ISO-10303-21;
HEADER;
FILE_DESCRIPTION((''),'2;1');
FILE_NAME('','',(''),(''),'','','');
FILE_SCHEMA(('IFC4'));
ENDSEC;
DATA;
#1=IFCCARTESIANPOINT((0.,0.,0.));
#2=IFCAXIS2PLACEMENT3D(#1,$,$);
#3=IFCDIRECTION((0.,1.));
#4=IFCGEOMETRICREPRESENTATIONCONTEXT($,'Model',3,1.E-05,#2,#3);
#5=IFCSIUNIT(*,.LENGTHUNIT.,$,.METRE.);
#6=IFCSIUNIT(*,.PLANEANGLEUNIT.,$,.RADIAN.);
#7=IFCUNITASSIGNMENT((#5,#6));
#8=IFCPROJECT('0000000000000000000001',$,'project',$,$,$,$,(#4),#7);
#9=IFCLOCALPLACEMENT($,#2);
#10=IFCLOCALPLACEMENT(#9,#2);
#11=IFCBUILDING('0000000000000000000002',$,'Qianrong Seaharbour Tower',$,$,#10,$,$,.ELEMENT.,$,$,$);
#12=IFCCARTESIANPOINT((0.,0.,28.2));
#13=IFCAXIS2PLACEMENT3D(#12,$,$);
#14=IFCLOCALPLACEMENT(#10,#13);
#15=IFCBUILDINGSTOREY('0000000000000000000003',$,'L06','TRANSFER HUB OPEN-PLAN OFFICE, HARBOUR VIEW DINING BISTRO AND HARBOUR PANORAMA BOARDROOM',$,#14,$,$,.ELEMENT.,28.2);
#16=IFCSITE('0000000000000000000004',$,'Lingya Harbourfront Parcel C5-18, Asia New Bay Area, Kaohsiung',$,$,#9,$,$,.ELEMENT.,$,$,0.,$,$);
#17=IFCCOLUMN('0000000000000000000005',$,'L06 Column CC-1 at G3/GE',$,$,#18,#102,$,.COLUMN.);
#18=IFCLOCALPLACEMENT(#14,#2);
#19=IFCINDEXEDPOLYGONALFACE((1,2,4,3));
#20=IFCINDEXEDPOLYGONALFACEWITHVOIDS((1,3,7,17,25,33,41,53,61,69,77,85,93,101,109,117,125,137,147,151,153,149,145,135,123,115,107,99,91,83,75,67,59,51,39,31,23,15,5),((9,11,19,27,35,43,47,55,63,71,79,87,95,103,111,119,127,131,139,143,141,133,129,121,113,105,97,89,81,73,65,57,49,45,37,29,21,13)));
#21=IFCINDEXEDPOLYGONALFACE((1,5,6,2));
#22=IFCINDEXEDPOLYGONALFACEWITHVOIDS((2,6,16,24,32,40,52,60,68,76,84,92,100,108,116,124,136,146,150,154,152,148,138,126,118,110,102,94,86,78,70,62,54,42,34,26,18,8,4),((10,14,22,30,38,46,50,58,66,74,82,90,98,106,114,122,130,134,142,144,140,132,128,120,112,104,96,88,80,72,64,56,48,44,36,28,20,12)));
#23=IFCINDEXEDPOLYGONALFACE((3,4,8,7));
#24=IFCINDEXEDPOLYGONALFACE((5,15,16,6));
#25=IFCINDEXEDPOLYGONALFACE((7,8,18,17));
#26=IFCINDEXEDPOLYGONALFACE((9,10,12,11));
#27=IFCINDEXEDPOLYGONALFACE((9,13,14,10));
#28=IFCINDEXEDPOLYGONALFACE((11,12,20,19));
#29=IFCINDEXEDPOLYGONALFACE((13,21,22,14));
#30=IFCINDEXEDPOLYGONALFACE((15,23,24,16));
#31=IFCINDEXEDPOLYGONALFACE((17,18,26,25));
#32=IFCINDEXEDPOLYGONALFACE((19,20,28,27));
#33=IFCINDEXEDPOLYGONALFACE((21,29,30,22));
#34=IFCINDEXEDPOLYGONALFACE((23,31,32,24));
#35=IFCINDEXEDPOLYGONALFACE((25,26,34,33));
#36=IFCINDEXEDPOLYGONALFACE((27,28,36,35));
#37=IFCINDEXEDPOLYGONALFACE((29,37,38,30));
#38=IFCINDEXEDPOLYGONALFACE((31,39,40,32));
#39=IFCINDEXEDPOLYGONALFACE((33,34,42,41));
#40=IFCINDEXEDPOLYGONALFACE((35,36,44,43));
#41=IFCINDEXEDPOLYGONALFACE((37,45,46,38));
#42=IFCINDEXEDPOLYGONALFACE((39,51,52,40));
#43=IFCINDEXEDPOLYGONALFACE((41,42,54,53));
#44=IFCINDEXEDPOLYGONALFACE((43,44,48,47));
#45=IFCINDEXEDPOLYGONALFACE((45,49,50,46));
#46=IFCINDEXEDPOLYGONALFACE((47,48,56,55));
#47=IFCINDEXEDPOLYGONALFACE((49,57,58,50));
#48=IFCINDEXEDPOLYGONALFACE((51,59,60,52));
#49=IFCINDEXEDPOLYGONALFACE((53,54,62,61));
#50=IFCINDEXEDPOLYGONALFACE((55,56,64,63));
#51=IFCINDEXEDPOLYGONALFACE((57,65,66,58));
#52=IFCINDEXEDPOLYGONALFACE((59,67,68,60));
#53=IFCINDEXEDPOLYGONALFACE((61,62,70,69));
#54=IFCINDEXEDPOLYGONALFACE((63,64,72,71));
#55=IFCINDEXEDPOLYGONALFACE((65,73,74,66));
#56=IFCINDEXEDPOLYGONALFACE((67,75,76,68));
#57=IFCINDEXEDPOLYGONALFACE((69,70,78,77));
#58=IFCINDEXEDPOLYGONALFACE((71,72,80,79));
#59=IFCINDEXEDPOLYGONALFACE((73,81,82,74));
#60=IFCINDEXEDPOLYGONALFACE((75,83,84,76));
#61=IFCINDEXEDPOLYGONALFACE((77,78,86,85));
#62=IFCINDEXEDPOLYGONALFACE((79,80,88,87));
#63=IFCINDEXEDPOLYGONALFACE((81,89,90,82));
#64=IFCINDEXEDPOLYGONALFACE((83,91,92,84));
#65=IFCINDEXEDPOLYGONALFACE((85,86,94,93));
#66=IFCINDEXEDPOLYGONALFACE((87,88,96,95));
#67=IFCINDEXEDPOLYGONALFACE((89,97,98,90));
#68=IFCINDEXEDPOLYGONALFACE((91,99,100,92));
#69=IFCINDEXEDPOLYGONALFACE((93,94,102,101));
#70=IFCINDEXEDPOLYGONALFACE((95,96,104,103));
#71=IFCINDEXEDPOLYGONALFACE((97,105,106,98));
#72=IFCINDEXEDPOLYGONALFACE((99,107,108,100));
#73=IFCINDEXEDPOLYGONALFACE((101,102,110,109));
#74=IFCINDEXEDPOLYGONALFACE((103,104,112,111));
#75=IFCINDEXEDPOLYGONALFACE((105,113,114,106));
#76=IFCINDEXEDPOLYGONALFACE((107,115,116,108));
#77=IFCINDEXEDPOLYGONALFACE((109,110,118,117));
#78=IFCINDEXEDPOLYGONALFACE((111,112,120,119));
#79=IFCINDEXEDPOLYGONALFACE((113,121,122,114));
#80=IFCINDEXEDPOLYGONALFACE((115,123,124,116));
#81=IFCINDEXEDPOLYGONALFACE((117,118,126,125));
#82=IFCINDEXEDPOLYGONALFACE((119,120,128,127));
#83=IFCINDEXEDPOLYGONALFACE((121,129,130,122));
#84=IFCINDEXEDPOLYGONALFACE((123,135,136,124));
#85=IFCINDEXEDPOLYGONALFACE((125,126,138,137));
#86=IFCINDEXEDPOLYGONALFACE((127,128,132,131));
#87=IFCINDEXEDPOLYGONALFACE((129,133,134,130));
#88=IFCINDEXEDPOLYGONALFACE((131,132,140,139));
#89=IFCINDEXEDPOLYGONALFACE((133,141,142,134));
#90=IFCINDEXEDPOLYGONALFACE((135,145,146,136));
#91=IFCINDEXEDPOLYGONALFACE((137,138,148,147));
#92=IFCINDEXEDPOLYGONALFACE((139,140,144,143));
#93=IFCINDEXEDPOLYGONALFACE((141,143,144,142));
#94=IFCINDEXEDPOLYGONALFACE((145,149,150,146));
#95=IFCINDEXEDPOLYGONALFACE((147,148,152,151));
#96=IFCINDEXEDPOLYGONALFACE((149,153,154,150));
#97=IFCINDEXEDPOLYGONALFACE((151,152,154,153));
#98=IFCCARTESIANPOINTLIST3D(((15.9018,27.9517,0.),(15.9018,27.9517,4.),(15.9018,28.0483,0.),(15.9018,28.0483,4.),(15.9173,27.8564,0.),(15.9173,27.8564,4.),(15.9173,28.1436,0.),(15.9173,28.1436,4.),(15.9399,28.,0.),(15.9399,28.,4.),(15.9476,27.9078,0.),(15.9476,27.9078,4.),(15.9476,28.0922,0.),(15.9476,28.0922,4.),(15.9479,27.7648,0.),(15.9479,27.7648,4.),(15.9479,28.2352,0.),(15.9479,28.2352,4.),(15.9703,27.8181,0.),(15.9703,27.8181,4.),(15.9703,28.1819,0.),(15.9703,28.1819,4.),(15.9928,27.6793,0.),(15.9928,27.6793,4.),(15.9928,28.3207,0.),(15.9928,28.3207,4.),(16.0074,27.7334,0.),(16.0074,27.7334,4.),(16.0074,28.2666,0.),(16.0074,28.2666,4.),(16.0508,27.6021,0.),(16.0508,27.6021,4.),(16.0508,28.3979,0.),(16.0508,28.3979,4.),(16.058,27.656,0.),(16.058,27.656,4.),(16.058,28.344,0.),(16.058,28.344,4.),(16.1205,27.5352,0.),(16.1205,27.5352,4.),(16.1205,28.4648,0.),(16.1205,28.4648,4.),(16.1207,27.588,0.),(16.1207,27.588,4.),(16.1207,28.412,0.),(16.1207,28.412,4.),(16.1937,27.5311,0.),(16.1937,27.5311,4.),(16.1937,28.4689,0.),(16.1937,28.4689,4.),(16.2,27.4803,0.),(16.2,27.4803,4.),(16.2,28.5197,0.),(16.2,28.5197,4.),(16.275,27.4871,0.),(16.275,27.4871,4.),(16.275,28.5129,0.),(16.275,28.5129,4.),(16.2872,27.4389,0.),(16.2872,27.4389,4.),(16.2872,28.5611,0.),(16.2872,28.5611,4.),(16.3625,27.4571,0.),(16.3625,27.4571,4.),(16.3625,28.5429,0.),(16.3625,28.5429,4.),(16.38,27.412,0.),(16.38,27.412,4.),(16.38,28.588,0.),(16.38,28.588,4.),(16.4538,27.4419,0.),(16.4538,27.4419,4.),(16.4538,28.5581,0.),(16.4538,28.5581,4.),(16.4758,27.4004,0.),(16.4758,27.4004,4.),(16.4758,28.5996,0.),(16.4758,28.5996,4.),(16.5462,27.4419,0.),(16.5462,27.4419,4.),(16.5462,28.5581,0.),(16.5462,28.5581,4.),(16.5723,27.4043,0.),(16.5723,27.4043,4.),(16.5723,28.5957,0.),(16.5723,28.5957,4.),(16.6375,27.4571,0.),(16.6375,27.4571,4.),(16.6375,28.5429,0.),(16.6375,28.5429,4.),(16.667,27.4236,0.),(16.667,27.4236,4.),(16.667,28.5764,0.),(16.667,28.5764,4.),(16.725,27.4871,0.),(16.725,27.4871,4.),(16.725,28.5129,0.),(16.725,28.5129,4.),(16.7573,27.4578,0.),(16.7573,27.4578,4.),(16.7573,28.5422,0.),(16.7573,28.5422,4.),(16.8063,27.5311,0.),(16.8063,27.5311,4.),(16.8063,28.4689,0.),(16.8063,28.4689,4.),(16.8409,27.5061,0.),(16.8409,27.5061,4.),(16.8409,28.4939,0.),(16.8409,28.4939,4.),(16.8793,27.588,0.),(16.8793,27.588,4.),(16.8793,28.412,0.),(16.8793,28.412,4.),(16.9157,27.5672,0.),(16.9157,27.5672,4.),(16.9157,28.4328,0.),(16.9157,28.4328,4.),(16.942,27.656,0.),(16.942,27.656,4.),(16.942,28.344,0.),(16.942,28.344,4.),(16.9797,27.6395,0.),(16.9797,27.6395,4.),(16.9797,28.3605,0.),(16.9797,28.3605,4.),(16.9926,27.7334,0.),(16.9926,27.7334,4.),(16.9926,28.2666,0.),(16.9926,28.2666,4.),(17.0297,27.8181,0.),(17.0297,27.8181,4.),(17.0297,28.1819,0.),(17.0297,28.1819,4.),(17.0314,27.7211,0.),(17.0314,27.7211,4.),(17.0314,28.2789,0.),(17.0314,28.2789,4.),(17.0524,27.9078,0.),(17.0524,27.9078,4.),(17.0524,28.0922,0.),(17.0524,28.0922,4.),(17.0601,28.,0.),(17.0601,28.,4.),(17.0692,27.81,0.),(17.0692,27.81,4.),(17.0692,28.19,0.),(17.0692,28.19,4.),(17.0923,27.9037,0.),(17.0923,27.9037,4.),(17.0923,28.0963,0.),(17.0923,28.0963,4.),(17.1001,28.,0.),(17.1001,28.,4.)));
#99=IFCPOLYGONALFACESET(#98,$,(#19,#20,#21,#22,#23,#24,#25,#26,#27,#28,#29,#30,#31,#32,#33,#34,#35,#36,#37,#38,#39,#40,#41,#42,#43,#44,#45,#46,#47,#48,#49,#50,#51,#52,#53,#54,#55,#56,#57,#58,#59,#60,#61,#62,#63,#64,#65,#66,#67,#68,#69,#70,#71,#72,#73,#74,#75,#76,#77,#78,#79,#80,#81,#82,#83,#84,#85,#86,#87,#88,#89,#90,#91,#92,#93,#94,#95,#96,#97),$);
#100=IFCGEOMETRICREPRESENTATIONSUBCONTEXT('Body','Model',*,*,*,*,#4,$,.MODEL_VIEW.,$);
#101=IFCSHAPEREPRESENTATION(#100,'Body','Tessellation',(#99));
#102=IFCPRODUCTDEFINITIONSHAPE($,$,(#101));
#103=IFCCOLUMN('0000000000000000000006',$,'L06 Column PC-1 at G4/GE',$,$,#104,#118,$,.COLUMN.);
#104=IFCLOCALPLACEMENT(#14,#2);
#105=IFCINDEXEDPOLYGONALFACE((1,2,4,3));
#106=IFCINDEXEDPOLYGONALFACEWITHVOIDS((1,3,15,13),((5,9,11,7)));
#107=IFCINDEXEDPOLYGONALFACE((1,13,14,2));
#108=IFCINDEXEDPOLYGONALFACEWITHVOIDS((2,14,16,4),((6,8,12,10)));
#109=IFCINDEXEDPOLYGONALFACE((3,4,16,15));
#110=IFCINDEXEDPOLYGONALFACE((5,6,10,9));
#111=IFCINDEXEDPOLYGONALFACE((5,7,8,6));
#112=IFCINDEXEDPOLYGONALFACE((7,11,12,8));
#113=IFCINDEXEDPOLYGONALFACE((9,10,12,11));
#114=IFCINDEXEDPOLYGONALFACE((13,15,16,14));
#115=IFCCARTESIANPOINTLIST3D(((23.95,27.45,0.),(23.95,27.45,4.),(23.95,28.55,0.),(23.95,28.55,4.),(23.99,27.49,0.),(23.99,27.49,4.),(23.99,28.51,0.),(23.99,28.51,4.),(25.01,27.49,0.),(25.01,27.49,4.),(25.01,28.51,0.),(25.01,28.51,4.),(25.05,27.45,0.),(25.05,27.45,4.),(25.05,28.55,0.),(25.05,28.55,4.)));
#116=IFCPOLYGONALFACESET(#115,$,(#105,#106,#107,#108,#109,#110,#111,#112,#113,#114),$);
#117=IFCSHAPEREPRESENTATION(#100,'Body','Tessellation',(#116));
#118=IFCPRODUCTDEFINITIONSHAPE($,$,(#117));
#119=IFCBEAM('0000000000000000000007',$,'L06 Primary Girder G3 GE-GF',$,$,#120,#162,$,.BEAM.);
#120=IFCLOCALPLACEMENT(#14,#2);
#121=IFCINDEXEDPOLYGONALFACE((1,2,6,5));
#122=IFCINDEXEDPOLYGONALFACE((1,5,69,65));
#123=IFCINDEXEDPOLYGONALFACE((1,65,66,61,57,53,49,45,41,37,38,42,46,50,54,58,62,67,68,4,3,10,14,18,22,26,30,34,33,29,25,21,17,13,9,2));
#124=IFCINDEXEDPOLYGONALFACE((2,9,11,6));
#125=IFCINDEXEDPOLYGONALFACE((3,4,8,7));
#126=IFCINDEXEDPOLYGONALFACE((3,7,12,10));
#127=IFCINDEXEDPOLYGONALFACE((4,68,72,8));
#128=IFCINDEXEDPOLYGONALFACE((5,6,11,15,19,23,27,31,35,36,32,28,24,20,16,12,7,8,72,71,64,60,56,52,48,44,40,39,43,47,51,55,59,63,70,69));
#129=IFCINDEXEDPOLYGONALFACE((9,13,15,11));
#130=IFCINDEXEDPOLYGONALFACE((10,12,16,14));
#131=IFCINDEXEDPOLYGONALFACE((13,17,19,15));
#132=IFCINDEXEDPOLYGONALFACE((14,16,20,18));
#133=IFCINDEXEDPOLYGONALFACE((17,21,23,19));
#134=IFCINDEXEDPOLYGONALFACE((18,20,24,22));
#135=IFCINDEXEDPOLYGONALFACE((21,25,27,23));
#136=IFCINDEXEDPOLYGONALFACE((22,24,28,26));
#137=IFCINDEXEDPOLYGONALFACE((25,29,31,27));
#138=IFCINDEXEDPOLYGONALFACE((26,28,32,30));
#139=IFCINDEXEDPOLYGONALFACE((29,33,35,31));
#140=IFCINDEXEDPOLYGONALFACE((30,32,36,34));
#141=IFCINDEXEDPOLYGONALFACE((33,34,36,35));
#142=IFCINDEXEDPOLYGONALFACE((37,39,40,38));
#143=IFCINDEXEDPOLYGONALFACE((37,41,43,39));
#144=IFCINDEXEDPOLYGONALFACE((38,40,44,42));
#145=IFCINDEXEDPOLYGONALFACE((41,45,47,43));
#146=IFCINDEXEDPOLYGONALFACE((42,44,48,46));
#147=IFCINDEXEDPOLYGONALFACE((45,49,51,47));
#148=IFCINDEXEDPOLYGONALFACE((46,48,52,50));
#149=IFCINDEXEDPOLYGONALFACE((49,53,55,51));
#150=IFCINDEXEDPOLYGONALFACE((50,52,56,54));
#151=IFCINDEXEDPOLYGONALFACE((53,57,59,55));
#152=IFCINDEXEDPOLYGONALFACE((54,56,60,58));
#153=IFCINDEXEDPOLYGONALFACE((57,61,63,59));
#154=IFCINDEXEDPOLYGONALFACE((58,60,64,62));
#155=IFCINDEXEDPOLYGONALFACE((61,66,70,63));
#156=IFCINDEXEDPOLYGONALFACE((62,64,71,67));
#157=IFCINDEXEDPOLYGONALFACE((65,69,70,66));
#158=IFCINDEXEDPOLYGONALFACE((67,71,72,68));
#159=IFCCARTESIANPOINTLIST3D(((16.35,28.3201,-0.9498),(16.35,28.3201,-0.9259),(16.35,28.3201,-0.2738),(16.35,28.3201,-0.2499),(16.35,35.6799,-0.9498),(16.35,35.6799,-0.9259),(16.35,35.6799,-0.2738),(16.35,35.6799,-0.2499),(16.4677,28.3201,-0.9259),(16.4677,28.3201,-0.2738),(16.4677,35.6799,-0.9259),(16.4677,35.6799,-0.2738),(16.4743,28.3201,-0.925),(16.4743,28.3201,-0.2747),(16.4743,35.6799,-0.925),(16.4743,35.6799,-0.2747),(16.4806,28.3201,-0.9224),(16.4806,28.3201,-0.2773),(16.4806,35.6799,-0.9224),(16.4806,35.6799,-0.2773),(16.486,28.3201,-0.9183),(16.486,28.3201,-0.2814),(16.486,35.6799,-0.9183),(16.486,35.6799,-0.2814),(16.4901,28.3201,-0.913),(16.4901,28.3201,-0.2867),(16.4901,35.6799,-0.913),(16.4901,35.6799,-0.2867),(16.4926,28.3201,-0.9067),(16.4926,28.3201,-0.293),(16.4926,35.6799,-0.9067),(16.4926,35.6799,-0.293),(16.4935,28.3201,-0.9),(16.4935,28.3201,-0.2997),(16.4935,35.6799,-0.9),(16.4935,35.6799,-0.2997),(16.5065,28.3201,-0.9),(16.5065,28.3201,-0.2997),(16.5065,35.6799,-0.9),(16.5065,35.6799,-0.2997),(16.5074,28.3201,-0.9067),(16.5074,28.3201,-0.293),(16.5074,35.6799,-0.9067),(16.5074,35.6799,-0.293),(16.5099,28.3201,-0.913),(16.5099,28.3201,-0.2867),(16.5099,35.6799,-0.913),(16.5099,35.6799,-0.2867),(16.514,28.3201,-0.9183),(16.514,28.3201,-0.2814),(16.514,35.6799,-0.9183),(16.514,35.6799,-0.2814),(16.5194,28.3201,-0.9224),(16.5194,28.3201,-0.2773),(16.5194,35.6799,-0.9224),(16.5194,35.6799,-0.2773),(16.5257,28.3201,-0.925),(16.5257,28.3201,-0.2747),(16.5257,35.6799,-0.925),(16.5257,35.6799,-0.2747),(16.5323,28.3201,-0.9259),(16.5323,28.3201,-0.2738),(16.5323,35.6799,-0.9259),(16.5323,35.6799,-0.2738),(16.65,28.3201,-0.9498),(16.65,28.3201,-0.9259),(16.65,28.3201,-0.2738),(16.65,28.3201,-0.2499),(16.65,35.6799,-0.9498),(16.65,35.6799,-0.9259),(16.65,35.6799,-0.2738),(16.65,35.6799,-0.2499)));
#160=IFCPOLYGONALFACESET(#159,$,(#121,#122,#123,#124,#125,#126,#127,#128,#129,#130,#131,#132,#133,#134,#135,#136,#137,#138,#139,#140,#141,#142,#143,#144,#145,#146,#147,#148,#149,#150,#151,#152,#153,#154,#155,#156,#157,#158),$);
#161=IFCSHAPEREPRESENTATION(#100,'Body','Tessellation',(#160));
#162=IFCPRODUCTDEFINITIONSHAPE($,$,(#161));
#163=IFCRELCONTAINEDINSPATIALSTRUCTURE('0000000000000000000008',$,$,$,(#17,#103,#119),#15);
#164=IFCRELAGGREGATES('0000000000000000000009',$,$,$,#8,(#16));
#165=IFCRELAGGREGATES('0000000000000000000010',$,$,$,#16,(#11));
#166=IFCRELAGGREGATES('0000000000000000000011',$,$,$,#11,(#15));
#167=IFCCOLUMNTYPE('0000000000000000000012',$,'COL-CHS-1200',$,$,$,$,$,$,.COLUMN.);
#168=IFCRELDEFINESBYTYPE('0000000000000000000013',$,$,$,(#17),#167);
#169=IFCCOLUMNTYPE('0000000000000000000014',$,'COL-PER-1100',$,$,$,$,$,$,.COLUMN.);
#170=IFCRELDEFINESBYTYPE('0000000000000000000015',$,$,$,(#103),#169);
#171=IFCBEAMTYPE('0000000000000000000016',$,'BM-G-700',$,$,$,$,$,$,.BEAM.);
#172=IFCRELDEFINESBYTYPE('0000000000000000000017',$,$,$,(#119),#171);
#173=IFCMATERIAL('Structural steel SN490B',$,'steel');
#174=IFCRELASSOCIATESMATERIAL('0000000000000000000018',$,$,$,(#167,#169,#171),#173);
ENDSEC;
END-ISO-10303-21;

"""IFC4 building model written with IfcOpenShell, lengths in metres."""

from ifc_helpers import new_model, si_unit, direction, frame, origin, origin_2d, place, context, subcontext, project, spatial, hollow_rectangle, hollow_circle, i_section, extrude, material, material_profile, profile_set, type_object, element, save


model = new_model("IFC4")

# Units and contexts
model_context = context("Model", 3, precision=1e-05, world=origin(), true_north=direction((0.0, 1.0)))
body_context = subcontext(model_context, "Body", "Model", "MODEL_VIEW")
ifc_project = project(units=[si_unit("LENGTHUNIT", "METRE"), si_unit("PLANEANGLEUNIT", "RADIAN")], contexts=[model_context])

# Site, building, storey
site_placement = place(None, origin())
site = spatial("IfcSite", under=ifc_project, at=site_placement, Name="Lingya Harbourfront Parcel C5-18, Asia New Bay Area, Kaohsiung", CompositionType="ELEMENT", RefElevation=0.0)
building_placement = place(site_placement, origin())
building = spatial("IfcBuilding", under=site, at=building_placement, Name="Qianrong Seaharbour Tower", CompositionType="ELEMENT")
storey_placement = place(building_placement, frame((0.0, 0.0, 28.2)))
storey = spatial("IfcBuildingStorey", under=building, at=storey_placement, Name="L06", Description="TRANSFER HUB OPEN-PLAN OFFICE, HARBOUR VIEW DINING BISTRO AND HARBOUR PANORAMA BOARDROOM", CompositionType="ELEMENT", Elevation=28.2)

# Columns
ifc_material_1 = material(Name="Structural steel SN490B", Category="steel")
ifc_material_profile_1 = material_profile(ifc_material_1, hollow_circle(Radius=0.6001, WallThickness=0.04, at=origin_2d()), Name="CHS1200x40")
ifc_profile_set_1 = profile_set([ifc_material_profile_1], Name="Structural steel SN490B")
column_type_1 = type_object("IfcColumnType", Name="COL-CHS-1200", PredefinedType="COLUMN", material=ifc_profile_set_1)
column_1_placement = place(storey_placement, frame((16.5, 28.0, 0.0), z_axis=(0.0, 0.0, 1.0), x_axis=(1.0, 0.0, 0.0)))
element("IfcColumn", 1, at=column_1_placement, inside=storey, type_object=column_type_1, Name="L06 Column CC-1 at G3/GE", PredefinedType="COLUMN", context=body_context, shape_type="SweptSolid", body=[
    extrude(hollow_circle(Radius=0.6001, WallThickness=0.04, at=origin_2d()), origin(), (0.0, 0.0, 1.0), 4.0),
])
ifc_material_profile_2 = material_profile(ifc_material_1, hollow_rectangle(XDim=1.1001, YDim=1.1001, WallThickness=0.04, at=origin_2d()), Name="BOX1100x1100x40")
ifc_profile_set_2 = profile_set([ifc_material_profile_2], Name="Structural steel SN490B")
column_type_2 = type_object("IfcColumnType", Name="COL-PER-1100", PredefinedType="COLUMN", material=ifc_profile_set_2)
column_2_placement = place(storey_placement, frame((24.5, 28.0, 0.0), z_axis=(0.0, 0.0, 1.0), x_axis=(1.0, 0.0, 0.0)))
element("IfcColumn", 2, at=column_2_placement, inside=storey, type_object=column_type_2, Name="L06 Column PC-1 at G4/GE", PredefinedType="COLUMN", context=body_context, shape_type="SweptSolid", body=[
    extrude(hollow_rectangle(XDim=1.1001, YDim=1.1001, WallThickness=0.04, at=origin_2d()), origin(), (0.0, 0.0, 1.0), 4.0),
])

# Beam
ifc_material_profile_3 = material_profile(ifc_material_1, i_section(OverallWidth=0.3, OverallDepth=0.7, WebThickness=0.0129, FlangeThickness=0.0239, FilletRadius=0.0259, at=origin_2d()), Name="H700x300x13x24")
ifc_profile_set_3 = profile_set([ifc_material_profile_3], Name="Structural steel SN490B")
beam_type_1 = type_object("IfcBeamType", Name="BM-G-700", PredefinedType="BEAM", material=ifc_profile_set_3)
for number, where, z_axis, x_axis, name in (
    (3, (16.5, 28.3201, -0.5999), (0.0, 1.0, 0.0), (-1.0, 0.0, 0.0), "L06 Primary Girder G3 GE-GF"),
):
    element("IfcBeam", number, at=place(storey_placement, frame(where, z_axis=z_axis, x_axis=x_axis)), inside=storey, type_object=beam_type_1, Name=name, PredefinedType="BEAM", context=body_context, shape_type="SweptSolid", body=[
        extrude(i_section(OverallWidth=0.3, OverallDepth=0.7, WebThickness=0.0129, FlangeThickness=0.0239, FilletRadius=0.0259, at=origin_2d()), origin(), (0.0, 0.0, 1.0), 7.3599),
    ])

save(model, "model.ifc")
